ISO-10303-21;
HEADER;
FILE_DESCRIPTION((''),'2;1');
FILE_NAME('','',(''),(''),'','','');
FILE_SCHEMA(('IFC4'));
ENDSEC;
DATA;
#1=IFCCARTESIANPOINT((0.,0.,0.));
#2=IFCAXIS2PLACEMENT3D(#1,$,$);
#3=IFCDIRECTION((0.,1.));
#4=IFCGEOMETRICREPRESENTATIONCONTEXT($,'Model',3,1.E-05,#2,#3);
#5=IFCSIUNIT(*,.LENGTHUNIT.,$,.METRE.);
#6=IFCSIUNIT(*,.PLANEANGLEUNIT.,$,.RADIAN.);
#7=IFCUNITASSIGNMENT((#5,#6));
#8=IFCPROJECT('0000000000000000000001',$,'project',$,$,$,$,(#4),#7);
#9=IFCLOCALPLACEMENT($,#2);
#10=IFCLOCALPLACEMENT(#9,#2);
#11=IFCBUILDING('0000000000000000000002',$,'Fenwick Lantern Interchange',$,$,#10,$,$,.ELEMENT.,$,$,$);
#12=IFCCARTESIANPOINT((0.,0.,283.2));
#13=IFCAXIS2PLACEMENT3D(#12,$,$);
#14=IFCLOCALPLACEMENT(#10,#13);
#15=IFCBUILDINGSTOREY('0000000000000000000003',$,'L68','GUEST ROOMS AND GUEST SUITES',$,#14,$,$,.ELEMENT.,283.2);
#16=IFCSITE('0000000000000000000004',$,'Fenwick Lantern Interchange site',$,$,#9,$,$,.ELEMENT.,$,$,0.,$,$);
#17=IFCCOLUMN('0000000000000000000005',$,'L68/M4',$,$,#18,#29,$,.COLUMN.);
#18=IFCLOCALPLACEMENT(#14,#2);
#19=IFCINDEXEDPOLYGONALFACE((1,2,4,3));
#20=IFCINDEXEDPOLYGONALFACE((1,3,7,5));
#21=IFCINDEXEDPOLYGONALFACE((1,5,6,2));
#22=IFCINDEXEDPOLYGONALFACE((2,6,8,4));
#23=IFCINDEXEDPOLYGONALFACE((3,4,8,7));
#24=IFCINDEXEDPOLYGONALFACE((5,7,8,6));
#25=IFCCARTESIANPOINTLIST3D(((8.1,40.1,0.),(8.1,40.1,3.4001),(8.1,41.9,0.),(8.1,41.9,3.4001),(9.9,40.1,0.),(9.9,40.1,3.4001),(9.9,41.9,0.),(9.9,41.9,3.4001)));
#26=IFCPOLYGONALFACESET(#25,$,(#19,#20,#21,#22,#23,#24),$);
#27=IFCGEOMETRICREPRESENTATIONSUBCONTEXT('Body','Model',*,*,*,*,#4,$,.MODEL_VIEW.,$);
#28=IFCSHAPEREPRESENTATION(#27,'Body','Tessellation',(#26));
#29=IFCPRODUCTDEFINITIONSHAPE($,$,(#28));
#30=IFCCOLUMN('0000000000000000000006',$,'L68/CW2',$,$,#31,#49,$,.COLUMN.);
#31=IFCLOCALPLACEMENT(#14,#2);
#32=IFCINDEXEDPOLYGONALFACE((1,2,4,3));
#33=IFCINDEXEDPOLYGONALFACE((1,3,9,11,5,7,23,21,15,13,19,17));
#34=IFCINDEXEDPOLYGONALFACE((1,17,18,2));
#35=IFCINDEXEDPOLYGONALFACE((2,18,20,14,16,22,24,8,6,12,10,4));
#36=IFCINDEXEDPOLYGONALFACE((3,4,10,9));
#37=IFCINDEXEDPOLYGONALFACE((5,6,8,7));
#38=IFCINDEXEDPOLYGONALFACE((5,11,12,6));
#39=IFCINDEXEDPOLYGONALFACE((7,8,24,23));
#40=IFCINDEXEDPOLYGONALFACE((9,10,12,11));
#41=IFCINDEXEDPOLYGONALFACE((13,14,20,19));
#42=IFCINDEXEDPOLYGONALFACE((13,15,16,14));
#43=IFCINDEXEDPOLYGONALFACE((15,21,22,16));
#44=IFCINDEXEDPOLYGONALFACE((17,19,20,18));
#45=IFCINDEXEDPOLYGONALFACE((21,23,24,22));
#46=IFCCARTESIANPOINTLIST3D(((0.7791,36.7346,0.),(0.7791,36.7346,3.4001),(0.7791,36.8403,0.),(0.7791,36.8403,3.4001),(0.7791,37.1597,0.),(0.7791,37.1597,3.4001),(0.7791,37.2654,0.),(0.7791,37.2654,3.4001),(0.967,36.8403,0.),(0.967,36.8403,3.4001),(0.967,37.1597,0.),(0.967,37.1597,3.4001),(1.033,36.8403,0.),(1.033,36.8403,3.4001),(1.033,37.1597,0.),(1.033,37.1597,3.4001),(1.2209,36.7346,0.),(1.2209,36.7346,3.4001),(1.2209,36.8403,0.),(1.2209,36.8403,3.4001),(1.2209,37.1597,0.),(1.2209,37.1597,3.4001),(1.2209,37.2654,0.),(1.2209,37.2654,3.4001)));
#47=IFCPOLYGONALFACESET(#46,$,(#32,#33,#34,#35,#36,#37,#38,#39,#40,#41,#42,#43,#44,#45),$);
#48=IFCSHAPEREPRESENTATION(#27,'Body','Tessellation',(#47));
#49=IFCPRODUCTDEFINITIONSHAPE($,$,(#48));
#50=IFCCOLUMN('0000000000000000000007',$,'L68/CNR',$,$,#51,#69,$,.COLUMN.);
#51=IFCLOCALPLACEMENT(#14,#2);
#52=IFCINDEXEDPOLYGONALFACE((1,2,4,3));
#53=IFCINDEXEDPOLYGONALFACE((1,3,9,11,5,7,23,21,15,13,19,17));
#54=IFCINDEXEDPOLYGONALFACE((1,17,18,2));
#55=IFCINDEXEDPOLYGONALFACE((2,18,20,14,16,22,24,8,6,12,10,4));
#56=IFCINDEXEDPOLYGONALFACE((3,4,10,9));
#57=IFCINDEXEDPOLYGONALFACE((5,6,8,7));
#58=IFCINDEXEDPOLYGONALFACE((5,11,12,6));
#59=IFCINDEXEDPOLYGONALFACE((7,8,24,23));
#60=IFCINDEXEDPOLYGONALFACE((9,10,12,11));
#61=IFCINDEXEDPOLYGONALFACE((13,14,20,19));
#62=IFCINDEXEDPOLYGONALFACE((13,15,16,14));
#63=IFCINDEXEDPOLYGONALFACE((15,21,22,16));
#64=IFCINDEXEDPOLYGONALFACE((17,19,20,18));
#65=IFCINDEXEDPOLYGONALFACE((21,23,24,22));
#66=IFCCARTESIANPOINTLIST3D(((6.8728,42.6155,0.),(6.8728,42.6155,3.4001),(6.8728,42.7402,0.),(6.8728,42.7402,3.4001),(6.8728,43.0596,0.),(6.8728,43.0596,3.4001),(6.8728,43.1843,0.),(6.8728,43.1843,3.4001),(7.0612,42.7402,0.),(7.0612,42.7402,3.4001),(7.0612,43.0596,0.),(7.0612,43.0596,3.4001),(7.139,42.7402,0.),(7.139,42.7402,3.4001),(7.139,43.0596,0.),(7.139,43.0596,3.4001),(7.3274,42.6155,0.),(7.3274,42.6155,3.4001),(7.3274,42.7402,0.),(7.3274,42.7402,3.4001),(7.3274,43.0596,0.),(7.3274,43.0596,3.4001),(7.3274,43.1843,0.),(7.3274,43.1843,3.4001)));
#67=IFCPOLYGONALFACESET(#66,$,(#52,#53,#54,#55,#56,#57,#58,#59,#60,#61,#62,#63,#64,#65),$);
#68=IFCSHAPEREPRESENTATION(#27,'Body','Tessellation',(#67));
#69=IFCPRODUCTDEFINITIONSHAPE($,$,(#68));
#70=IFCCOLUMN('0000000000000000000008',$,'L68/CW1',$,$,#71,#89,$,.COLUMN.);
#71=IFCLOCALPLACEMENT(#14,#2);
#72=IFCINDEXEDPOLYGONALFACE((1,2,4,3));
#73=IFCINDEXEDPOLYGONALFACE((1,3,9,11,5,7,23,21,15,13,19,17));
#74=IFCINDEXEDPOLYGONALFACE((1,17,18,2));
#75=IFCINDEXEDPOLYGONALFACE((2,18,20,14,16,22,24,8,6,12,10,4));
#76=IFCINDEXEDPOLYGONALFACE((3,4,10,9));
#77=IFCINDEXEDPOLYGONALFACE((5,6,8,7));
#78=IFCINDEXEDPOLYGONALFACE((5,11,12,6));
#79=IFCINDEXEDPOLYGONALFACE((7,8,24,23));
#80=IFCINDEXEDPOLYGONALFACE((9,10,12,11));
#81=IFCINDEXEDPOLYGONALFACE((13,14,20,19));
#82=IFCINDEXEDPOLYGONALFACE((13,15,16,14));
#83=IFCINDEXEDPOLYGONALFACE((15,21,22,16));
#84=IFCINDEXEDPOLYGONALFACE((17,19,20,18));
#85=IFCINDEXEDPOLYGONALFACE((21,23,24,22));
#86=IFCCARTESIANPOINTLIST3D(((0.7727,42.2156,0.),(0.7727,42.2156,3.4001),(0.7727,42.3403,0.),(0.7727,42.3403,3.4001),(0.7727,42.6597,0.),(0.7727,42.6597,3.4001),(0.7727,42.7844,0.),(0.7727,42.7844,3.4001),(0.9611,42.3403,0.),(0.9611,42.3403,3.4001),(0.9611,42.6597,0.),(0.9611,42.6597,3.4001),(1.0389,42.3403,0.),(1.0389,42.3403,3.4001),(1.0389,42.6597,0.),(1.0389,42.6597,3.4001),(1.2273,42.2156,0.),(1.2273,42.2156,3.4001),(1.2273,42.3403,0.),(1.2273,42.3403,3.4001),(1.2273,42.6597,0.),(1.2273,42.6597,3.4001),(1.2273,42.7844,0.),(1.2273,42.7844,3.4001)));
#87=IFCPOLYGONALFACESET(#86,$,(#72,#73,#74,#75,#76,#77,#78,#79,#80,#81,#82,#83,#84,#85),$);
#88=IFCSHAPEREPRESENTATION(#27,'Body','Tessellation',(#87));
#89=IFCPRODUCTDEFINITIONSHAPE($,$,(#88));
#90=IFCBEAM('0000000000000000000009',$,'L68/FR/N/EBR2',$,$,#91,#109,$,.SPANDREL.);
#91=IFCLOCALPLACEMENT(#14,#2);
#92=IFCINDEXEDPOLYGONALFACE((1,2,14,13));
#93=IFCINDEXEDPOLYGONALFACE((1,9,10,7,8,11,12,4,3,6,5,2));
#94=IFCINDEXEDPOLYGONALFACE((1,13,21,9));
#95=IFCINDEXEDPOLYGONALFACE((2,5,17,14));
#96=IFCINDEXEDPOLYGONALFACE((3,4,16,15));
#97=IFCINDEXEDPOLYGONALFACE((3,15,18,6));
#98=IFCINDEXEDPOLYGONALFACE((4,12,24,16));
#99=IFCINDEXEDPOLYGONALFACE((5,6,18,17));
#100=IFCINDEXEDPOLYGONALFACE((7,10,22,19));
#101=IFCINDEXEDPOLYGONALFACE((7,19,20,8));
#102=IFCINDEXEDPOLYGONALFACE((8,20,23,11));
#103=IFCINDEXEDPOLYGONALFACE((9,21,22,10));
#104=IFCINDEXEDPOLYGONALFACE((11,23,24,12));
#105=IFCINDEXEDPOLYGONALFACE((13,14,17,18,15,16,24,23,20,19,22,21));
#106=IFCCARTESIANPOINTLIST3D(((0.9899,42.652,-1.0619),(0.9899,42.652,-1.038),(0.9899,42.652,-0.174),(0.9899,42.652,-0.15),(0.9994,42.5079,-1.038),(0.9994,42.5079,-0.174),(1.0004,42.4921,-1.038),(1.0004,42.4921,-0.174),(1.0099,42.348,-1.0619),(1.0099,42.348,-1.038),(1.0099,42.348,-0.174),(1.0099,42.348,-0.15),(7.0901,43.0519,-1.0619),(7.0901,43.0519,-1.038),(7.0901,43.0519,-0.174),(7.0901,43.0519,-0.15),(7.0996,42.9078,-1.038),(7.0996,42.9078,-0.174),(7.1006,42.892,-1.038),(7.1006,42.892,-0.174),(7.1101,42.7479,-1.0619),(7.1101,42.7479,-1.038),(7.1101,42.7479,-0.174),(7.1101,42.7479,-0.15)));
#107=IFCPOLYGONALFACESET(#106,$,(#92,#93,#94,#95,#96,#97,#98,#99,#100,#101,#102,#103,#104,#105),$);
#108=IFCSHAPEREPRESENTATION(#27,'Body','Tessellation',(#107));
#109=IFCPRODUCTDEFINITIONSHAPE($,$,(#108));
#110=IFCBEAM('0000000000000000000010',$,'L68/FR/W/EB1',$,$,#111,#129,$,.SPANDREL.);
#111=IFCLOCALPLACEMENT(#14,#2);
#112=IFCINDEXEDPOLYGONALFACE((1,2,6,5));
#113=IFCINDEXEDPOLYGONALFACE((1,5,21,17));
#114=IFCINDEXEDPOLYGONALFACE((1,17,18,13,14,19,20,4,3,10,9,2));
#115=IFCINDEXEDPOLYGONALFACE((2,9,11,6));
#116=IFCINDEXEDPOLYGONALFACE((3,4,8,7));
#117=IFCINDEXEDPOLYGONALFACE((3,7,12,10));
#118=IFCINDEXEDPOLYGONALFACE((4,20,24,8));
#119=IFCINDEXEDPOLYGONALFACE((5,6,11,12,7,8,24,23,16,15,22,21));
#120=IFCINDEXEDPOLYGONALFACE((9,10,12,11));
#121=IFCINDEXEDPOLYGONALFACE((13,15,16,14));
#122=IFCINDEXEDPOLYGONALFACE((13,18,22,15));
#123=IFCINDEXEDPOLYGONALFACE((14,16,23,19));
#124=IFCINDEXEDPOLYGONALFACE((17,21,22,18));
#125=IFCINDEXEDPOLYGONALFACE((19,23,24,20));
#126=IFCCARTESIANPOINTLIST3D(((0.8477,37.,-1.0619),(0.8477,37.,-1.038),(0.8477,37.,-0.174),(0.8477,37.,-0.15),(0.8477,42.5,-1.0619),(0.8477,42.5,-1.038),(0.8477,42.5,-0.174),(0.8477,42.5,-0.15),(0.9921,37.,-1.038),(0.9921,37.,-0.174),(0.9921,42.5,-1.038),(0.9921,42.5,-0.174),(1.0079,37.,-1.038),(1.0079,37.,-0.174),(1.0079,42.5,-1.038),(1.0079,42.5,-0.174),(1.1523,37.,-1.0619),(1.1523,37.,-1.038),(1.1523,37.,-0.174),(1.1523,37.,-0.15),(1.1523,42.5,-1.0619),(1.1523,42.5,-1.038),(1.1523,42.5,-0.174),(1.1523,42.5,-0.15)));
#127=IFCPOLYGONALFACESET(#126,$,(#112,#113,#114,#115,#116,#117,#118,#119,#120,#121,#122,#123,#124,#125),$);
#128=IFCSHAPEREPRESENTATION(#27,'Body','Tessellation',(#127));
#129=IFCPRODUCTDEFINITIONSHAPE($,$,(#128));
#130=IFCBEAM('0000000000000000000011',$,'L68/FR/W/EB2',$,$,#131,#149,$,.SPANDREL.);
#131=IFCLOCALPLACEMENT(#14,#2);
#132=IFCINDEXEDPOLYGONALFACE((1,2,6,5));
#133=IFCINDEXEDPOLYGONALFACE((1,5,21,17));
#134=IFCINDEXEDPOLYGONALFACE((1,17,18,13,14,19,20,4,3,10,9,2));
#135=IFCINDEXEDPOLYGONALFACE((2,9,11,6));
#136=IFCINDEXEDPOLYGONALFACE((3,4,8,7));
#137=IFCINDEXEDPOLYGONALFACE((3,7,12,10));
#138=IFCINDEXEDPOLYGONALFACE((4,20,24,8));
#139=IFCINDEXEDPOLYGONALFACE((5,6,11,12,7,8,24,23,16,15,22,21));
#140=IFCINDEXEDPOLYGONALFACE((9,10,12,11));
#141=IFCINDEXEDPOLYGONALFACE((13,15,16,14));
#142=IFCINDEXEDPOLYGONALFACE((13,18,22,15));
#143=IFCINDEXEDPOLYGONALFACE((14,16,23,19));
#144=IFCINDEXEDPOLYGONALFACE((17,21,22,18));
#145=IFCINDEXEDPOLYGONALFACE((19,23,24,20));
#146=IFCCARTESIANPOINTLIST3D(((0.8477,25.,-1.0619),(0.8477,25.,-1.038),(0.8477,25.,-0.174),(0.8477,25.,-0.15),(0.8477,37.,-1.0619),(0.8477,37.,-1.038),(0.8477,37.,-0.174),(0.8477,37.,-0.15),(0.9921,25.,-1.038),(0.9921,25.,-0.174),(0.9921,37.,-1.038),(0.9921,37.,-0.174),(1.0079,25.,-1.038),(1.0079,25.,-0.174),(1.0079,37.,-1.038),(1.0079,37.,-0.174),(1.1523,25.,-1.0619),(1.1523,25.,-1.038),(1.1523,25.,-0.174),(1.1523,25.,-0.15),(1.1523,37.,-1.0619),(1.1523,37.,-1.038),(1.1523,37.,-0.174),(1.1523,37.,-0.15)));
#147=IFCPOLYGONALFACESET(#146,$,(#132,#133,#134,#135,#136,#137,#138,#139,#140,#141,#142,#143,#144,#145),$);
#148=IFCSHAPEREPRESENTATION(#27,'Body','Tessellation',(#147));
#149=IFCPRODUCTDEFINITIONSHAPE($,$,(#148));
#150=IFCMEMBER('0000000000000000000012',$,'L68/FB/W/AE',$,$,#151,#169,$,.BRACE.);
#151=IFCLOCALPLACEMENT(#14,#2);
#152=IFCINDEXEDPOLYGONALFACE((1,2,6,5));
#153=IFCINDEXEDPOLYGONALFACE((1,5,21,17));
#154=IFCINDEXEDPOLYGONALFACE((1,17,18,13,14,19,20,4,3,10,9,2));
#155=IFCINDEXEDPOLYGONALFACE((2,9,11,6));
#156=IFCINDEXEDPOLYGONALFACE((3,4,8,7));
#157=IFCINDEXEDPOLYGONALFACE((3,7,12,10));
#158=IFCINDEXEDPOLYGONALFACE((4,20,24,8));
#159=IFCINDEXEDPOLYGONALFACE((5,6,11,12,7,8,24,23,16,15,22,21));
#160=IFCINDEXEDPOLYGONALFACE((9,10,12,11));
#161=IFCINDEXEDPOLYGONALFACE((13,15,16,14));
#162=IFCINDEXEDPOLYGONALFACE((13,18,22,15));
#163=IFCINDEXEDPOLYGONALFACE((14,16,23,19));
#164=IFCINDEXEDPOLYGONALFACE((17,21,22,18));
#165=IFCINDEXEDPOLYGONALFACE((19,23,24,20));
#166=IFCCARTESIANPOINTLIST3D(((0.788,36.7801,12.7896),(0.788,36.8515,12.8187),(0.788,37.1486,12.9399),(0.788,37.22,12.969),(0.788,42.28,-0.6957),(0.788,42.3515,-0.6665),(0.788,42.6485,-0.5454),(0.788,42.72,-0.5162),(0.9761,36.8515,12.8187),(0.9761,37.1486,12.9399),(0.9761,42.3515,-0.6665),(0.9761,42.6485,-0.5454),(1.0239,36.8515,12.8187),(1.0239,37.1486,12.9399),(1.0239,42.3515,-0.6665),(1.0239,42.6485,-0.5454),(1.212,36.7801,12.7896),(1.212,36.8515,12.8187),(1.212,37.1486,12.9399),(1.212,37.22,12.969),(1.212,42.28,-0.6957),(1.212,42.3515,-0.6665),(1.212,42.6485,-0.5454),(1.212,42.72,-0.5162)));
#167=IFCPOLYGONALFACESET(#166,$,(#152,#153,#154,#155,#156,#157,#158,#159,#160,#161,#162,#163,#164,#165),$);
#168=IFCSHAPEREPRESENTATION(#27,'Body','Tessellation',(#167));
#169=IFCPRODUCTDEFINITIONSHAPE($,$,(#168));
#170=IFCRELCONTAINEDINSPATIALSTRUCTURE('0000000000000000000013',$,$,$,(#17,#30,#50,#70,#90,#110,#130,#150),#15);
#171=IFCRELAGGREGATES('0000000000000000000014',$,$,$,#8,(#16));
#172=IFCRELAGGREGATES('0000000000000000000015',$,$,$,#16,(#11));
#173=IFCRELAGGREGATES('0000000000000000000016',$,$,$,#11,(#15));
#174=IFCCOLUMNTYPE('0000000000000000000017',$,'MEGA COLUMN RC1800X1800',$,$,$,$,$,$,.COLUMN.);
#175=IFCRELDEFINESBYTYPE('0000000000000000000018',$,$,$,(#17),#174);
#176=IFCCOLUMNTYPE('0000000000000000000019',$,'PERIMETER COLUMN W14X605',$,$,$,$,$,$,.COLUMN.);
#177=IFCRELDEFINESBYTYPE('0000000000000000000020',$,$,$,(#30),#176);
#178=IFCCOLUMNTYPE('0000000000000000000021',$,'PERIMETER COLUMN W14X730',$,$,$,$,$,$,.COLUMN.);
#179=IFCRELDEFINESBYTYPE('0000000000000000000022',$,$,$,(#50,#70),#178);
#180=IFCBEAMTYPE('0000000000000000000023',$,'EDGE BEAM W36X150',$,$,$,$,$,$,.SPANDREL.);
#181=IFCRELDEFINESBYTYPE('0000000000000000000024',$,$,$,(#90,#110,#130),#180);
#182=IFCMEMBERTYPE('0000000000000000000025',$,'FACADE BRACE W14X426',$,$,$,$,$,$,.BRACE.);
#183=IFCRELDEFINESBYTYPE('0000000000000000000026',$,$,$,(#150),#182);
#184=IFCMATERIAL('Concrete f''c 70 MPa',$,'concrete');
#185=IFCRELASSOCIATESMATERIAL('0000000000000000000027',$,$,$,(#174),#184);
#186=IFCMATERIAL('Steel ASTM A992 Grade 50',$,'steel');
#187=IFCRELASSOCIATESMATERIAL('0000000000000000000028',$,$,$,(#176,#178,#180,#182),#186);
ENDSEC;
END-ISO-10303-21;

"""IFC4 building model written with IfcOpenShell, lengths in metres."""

from ifc_helpers import new_model, si_unit, direction, frame, origin, origin_2d, place, context, subcontext, project, spatial, rectangle, i_section, extrude, material, material_profile, profile_set, type_object, element, save


model = new_model("IFC4")

# Units and contexts
model_context = context("Model", 3, precision=1e-05, world=origin(), true_north=direction((0.0, 1.0)))
body_context = subcontext(model_context, "Body", "Model", "MODEL_VIEW")
ifc_project = project(units=[si_unit("LENGTHUNIT", "METRE"), si_unit("PLANEANGLEUNIT", "RADIAN")], contexts=[model_context])

# Site, building, storey
site_placement = place(None, origin())
site = spatial("IfcSite", under=ifc_project, at=site_placement, Name="Fenwick Lantern Interchange site", CompositionType="ELEMENT", RefElevation=0.0)
building_placement = place(site_placement, origin())
building = spatial("IfcBuilding", under=site, at=building_placement, Name="Fenwick Lantern Interchange", CompositionType="ELEMENT")
storey_placement = place(building_placement, frame((0.0, 0.0, 283.2)))
storey = spatial("IfcBuildingStorey", under=building, at=storey_placement, Name="L68", Description="GUEST ROOMS AND GUEST SUITES", CompositionType="ELEMENT", Elevation=283.2)

# Columns
ifc_material_1 = material(Name="Concrete f'c 70 MPa", Category="concrete")
ifc_material_profile_1 = material_profile(ifc_material_1, rectangle(XDim=1.8, YDim=1.8, at=origin_2d()), Name="RC1800X1800")
ifc_profile_set_1 = profile_set([ifc_material_profile_1], Name="Concrete f'c 70 MPa")
column_type_1 = type_object("IfcColumnType", Name="MEGA COLUMN RC1800X1800", PredefinedType="COLUMN", material=ifc_profile_set_1)
column_1_placement = place(storey_placement, frame((9.0, 41.0, 0.0), z_axis=(0.0, 0.0, 1.0), x_axis=(1.0, 0.0, 0.0)))
element("IfcColumn", 1, at=column_1_placement, inside=storey, type_object=column_type_1, Name="L68/M4", PredefinedType="COLUMN", context=body_context, shape_type="SweptSolid", body=[
    extrude(rectangle(XDim=1.8, YDim=1.8, at=origin_2d()), origin(), (0.0, 0.0, 1.0), 3.4001),
])
ifc_material_2 = material(Name="Steel ASTM A992 Grade 50", Category="steel")
ifc_material_profile_2 = material_profile(ifc_material_2, i_section(OverallWidth=0.4419, OverallDepth=0.5308, WebThickness=0.0659, FlangeThickness=0.1057, at=origin_2d()), Name="W14X605")
ifc_profile_set_2 = profile_set([ifc_material_profile_2], Name="Steel ASTM A992 Grade 50")
column_type_2 = type_object("IfcColumnType", Name="PERIMETER COLUMN W14X605", PredefinedType="COLUMN", material=ifc_profile_set_2)
column_2_placement = place(storey_placement, frame((1.0, 37.0, 0.0), z_axis=(0.0, 0.0, 1.0), x_axis=(1.0, 0.0, 0.0)))
element("IfcColumn", 2, at=column_2_placement, inside=storey, type_object=column_type_2, Name="L68/CW2", PredefinedType="COLUMN", context=body_context, shape_type="SweptSolid", body=[
    extrude(i_section(OverallWidth=0.4419, OverallDepth=0.5308, WebThickness=0.0659, FlangeThickness=0.1057, at=origin_2d()), origin(), (0.0, 0.0, 1.0), 3.4001),
])
ifc_material_profile_3 = material_profile(ifc_material_2, i_section(OverallWidth=0.4546, OverallDepth=0.5688, WebThickness=0.0779, FlangeThickness=0.1248, at=origin_2d()), Name="W14X730")
ifc_profile_set_3 = profile_set([ifc_material_profile_3], Name="Steel ASTM A992 Grade 50")
column_type_3 = type_object("IfcColumnType", Name="PERIMETER COLUMN W14X730", PredefinedType="COLUMN", material=ifc_profile_set_3)
for number, where, z_axis, x_axis, name in (
    (3, (7.1001, 42.8999, 0.0), (0.0, 0.0, 1.0), (1.0, 0.0, 0.0), "L68/CNR"),
    (4, (1.0, 42.5, 0.0), (0.0, 0.0, 1.0), (1.0, 0.0, 0.0), "L68/CW1"),
):
    element("IfcColumn", number, at=place(storey_placement, frame(where, z_axis=z_axis, x_axis=x_axis)), inside=storey, type_object=column_type_3, Name=name, PredefinedType="COLUMN", context=body_context, shape_type="SweptSolid", body=[
        extrude(i_section(OverallWidth=0.4546, OverallDepth=0.5688, WebThickness=0.0779, FlangeThickness=0.1248, at=origin_2d()), origin(), (0.0, 0.0, 1.0), 3.4001),
    ])

# Beams
ifc_material_profile_4 = material_profile(ifc_material_2, i_section(OverallWidth=0.3047, OverallDepth=0.9119, WebThickness=0.0159, FlangeThickness=0.0239, at=origin_2d()), Name="W36X150")
ifc_profile_set_4 = profile_set([ifc_material_profile_4], Name="Steel ASTM A992 Grade 50")
beam_type_1 = type_object("IfcBeamType", Name="EDGE BEAM W36X150", PredefinedType="SPANDREL", material=ifc_profile_set_4)
beam_1_placement = place(storey_placement, frame((7.1001, 42.8999, -0.606), z_axis=(-0.997858, -0.065416, 0.0), x_axis=(0.065416, -0.997858, 0.0)))
element("IfcBeam", 5, at=beam_1_placement, inside=storey, type_object=beam_type_1, Name="L68/FR/N/EBR2", PredefinedType="SPANDREL", context=body_context, shape_type="SweptSolid", body=[
    extrude(i_section(OverallWidth=0.3047, OverallDepth=0.9119, WebThickness=0.0159, FlangeThickness=0.0239, at=origin_2d()), origin(), (0.0, 0.0, 1.0), 6.1133),
])
beam_2_placement = place(storey_placement, frame((1.0, 42.5, -0.606), z_axis=(0.0, -1.0, 0.0), x_axis=(1.0, 0.0, 0.0)))
element("IfcBeam", 6, at=beam_2_placement, inside=storey, type_object=beam_type_1, Name="L68/FR/W/EB1", PredefinedType="SPANDREL", context=body_context, shape_type="SweptSolid", body=[
    extrude(i_section(OverallWidth=0.3047, OverallDepth=0.9119, WebThickness=0.0159, FlangeThickness=0.0239, at=origin_2d()), origin(), (0.0, 0.0, 1.0), 5.5),
])
beam_3_placement = place(storey_placement, frame((1.0, 37.0, -0.606), z_axis=(0.0, -1.0, 0.0), x_axis=(1.0, 0.0, 0.0)))
element("IfcBeam", 7, at=beam_3_placement, inside=storey, type_object=beam_type_1, Name="L68/FR/W/EB2", PredefinedType="SPANDREL", context=body_context, shape_type="SweptSolid", body=[
    extrude(i_section(OverallWidth=0.3047, OverallDepth=0.9119, WebThickness=0.0159, FlangeThickness=0.0239, at=origin_2d()), origin(), (0.0, 0.0, 1.0), 12.0),
])

# Member
ifc_material_profile_5 = material_profile(ifc_material_2, i_section(OverallWidth=0.4241, OverallDepth=0.4751, WebThickness=0.0479, FlangeThickness=0.0771, at=origin_2d()), Name="W14X426")
ifc_profile_set_5 = profile_set([ifc_material_profile_5], Name="Steel ASTM A992 Grade 50")
member_type_1 = type_object("IfcMemberType", Name="FACADE BRACE W14X426", PredefinedType="BRACE", material=ifc_profile_set_5)
member_1_placement = place(storey_placement, frame((1.0, 42.5, -0.606), z_axis=(0.0, -0.377648, 0.925949), x_axis=(1.0, 0.0, 0.0)))
element("IfcMember", 8, at=member_1_placement, inside=storey, type_object=member_type_1, Name="L68/FB/W/AE", PredefinedType="BRACE", context=body_context, shape_type="SweptSolid", body=[
    extrude(i_section(OverallWidth=0.4241, OverallDepth=0.4751, WebThickness=0.0479, FlangeThickness=0.0771, at=origin_2d()), origin(), (0.0, 0.0, 1.0), 14.5637),
])

save(model, "model.ifc")
